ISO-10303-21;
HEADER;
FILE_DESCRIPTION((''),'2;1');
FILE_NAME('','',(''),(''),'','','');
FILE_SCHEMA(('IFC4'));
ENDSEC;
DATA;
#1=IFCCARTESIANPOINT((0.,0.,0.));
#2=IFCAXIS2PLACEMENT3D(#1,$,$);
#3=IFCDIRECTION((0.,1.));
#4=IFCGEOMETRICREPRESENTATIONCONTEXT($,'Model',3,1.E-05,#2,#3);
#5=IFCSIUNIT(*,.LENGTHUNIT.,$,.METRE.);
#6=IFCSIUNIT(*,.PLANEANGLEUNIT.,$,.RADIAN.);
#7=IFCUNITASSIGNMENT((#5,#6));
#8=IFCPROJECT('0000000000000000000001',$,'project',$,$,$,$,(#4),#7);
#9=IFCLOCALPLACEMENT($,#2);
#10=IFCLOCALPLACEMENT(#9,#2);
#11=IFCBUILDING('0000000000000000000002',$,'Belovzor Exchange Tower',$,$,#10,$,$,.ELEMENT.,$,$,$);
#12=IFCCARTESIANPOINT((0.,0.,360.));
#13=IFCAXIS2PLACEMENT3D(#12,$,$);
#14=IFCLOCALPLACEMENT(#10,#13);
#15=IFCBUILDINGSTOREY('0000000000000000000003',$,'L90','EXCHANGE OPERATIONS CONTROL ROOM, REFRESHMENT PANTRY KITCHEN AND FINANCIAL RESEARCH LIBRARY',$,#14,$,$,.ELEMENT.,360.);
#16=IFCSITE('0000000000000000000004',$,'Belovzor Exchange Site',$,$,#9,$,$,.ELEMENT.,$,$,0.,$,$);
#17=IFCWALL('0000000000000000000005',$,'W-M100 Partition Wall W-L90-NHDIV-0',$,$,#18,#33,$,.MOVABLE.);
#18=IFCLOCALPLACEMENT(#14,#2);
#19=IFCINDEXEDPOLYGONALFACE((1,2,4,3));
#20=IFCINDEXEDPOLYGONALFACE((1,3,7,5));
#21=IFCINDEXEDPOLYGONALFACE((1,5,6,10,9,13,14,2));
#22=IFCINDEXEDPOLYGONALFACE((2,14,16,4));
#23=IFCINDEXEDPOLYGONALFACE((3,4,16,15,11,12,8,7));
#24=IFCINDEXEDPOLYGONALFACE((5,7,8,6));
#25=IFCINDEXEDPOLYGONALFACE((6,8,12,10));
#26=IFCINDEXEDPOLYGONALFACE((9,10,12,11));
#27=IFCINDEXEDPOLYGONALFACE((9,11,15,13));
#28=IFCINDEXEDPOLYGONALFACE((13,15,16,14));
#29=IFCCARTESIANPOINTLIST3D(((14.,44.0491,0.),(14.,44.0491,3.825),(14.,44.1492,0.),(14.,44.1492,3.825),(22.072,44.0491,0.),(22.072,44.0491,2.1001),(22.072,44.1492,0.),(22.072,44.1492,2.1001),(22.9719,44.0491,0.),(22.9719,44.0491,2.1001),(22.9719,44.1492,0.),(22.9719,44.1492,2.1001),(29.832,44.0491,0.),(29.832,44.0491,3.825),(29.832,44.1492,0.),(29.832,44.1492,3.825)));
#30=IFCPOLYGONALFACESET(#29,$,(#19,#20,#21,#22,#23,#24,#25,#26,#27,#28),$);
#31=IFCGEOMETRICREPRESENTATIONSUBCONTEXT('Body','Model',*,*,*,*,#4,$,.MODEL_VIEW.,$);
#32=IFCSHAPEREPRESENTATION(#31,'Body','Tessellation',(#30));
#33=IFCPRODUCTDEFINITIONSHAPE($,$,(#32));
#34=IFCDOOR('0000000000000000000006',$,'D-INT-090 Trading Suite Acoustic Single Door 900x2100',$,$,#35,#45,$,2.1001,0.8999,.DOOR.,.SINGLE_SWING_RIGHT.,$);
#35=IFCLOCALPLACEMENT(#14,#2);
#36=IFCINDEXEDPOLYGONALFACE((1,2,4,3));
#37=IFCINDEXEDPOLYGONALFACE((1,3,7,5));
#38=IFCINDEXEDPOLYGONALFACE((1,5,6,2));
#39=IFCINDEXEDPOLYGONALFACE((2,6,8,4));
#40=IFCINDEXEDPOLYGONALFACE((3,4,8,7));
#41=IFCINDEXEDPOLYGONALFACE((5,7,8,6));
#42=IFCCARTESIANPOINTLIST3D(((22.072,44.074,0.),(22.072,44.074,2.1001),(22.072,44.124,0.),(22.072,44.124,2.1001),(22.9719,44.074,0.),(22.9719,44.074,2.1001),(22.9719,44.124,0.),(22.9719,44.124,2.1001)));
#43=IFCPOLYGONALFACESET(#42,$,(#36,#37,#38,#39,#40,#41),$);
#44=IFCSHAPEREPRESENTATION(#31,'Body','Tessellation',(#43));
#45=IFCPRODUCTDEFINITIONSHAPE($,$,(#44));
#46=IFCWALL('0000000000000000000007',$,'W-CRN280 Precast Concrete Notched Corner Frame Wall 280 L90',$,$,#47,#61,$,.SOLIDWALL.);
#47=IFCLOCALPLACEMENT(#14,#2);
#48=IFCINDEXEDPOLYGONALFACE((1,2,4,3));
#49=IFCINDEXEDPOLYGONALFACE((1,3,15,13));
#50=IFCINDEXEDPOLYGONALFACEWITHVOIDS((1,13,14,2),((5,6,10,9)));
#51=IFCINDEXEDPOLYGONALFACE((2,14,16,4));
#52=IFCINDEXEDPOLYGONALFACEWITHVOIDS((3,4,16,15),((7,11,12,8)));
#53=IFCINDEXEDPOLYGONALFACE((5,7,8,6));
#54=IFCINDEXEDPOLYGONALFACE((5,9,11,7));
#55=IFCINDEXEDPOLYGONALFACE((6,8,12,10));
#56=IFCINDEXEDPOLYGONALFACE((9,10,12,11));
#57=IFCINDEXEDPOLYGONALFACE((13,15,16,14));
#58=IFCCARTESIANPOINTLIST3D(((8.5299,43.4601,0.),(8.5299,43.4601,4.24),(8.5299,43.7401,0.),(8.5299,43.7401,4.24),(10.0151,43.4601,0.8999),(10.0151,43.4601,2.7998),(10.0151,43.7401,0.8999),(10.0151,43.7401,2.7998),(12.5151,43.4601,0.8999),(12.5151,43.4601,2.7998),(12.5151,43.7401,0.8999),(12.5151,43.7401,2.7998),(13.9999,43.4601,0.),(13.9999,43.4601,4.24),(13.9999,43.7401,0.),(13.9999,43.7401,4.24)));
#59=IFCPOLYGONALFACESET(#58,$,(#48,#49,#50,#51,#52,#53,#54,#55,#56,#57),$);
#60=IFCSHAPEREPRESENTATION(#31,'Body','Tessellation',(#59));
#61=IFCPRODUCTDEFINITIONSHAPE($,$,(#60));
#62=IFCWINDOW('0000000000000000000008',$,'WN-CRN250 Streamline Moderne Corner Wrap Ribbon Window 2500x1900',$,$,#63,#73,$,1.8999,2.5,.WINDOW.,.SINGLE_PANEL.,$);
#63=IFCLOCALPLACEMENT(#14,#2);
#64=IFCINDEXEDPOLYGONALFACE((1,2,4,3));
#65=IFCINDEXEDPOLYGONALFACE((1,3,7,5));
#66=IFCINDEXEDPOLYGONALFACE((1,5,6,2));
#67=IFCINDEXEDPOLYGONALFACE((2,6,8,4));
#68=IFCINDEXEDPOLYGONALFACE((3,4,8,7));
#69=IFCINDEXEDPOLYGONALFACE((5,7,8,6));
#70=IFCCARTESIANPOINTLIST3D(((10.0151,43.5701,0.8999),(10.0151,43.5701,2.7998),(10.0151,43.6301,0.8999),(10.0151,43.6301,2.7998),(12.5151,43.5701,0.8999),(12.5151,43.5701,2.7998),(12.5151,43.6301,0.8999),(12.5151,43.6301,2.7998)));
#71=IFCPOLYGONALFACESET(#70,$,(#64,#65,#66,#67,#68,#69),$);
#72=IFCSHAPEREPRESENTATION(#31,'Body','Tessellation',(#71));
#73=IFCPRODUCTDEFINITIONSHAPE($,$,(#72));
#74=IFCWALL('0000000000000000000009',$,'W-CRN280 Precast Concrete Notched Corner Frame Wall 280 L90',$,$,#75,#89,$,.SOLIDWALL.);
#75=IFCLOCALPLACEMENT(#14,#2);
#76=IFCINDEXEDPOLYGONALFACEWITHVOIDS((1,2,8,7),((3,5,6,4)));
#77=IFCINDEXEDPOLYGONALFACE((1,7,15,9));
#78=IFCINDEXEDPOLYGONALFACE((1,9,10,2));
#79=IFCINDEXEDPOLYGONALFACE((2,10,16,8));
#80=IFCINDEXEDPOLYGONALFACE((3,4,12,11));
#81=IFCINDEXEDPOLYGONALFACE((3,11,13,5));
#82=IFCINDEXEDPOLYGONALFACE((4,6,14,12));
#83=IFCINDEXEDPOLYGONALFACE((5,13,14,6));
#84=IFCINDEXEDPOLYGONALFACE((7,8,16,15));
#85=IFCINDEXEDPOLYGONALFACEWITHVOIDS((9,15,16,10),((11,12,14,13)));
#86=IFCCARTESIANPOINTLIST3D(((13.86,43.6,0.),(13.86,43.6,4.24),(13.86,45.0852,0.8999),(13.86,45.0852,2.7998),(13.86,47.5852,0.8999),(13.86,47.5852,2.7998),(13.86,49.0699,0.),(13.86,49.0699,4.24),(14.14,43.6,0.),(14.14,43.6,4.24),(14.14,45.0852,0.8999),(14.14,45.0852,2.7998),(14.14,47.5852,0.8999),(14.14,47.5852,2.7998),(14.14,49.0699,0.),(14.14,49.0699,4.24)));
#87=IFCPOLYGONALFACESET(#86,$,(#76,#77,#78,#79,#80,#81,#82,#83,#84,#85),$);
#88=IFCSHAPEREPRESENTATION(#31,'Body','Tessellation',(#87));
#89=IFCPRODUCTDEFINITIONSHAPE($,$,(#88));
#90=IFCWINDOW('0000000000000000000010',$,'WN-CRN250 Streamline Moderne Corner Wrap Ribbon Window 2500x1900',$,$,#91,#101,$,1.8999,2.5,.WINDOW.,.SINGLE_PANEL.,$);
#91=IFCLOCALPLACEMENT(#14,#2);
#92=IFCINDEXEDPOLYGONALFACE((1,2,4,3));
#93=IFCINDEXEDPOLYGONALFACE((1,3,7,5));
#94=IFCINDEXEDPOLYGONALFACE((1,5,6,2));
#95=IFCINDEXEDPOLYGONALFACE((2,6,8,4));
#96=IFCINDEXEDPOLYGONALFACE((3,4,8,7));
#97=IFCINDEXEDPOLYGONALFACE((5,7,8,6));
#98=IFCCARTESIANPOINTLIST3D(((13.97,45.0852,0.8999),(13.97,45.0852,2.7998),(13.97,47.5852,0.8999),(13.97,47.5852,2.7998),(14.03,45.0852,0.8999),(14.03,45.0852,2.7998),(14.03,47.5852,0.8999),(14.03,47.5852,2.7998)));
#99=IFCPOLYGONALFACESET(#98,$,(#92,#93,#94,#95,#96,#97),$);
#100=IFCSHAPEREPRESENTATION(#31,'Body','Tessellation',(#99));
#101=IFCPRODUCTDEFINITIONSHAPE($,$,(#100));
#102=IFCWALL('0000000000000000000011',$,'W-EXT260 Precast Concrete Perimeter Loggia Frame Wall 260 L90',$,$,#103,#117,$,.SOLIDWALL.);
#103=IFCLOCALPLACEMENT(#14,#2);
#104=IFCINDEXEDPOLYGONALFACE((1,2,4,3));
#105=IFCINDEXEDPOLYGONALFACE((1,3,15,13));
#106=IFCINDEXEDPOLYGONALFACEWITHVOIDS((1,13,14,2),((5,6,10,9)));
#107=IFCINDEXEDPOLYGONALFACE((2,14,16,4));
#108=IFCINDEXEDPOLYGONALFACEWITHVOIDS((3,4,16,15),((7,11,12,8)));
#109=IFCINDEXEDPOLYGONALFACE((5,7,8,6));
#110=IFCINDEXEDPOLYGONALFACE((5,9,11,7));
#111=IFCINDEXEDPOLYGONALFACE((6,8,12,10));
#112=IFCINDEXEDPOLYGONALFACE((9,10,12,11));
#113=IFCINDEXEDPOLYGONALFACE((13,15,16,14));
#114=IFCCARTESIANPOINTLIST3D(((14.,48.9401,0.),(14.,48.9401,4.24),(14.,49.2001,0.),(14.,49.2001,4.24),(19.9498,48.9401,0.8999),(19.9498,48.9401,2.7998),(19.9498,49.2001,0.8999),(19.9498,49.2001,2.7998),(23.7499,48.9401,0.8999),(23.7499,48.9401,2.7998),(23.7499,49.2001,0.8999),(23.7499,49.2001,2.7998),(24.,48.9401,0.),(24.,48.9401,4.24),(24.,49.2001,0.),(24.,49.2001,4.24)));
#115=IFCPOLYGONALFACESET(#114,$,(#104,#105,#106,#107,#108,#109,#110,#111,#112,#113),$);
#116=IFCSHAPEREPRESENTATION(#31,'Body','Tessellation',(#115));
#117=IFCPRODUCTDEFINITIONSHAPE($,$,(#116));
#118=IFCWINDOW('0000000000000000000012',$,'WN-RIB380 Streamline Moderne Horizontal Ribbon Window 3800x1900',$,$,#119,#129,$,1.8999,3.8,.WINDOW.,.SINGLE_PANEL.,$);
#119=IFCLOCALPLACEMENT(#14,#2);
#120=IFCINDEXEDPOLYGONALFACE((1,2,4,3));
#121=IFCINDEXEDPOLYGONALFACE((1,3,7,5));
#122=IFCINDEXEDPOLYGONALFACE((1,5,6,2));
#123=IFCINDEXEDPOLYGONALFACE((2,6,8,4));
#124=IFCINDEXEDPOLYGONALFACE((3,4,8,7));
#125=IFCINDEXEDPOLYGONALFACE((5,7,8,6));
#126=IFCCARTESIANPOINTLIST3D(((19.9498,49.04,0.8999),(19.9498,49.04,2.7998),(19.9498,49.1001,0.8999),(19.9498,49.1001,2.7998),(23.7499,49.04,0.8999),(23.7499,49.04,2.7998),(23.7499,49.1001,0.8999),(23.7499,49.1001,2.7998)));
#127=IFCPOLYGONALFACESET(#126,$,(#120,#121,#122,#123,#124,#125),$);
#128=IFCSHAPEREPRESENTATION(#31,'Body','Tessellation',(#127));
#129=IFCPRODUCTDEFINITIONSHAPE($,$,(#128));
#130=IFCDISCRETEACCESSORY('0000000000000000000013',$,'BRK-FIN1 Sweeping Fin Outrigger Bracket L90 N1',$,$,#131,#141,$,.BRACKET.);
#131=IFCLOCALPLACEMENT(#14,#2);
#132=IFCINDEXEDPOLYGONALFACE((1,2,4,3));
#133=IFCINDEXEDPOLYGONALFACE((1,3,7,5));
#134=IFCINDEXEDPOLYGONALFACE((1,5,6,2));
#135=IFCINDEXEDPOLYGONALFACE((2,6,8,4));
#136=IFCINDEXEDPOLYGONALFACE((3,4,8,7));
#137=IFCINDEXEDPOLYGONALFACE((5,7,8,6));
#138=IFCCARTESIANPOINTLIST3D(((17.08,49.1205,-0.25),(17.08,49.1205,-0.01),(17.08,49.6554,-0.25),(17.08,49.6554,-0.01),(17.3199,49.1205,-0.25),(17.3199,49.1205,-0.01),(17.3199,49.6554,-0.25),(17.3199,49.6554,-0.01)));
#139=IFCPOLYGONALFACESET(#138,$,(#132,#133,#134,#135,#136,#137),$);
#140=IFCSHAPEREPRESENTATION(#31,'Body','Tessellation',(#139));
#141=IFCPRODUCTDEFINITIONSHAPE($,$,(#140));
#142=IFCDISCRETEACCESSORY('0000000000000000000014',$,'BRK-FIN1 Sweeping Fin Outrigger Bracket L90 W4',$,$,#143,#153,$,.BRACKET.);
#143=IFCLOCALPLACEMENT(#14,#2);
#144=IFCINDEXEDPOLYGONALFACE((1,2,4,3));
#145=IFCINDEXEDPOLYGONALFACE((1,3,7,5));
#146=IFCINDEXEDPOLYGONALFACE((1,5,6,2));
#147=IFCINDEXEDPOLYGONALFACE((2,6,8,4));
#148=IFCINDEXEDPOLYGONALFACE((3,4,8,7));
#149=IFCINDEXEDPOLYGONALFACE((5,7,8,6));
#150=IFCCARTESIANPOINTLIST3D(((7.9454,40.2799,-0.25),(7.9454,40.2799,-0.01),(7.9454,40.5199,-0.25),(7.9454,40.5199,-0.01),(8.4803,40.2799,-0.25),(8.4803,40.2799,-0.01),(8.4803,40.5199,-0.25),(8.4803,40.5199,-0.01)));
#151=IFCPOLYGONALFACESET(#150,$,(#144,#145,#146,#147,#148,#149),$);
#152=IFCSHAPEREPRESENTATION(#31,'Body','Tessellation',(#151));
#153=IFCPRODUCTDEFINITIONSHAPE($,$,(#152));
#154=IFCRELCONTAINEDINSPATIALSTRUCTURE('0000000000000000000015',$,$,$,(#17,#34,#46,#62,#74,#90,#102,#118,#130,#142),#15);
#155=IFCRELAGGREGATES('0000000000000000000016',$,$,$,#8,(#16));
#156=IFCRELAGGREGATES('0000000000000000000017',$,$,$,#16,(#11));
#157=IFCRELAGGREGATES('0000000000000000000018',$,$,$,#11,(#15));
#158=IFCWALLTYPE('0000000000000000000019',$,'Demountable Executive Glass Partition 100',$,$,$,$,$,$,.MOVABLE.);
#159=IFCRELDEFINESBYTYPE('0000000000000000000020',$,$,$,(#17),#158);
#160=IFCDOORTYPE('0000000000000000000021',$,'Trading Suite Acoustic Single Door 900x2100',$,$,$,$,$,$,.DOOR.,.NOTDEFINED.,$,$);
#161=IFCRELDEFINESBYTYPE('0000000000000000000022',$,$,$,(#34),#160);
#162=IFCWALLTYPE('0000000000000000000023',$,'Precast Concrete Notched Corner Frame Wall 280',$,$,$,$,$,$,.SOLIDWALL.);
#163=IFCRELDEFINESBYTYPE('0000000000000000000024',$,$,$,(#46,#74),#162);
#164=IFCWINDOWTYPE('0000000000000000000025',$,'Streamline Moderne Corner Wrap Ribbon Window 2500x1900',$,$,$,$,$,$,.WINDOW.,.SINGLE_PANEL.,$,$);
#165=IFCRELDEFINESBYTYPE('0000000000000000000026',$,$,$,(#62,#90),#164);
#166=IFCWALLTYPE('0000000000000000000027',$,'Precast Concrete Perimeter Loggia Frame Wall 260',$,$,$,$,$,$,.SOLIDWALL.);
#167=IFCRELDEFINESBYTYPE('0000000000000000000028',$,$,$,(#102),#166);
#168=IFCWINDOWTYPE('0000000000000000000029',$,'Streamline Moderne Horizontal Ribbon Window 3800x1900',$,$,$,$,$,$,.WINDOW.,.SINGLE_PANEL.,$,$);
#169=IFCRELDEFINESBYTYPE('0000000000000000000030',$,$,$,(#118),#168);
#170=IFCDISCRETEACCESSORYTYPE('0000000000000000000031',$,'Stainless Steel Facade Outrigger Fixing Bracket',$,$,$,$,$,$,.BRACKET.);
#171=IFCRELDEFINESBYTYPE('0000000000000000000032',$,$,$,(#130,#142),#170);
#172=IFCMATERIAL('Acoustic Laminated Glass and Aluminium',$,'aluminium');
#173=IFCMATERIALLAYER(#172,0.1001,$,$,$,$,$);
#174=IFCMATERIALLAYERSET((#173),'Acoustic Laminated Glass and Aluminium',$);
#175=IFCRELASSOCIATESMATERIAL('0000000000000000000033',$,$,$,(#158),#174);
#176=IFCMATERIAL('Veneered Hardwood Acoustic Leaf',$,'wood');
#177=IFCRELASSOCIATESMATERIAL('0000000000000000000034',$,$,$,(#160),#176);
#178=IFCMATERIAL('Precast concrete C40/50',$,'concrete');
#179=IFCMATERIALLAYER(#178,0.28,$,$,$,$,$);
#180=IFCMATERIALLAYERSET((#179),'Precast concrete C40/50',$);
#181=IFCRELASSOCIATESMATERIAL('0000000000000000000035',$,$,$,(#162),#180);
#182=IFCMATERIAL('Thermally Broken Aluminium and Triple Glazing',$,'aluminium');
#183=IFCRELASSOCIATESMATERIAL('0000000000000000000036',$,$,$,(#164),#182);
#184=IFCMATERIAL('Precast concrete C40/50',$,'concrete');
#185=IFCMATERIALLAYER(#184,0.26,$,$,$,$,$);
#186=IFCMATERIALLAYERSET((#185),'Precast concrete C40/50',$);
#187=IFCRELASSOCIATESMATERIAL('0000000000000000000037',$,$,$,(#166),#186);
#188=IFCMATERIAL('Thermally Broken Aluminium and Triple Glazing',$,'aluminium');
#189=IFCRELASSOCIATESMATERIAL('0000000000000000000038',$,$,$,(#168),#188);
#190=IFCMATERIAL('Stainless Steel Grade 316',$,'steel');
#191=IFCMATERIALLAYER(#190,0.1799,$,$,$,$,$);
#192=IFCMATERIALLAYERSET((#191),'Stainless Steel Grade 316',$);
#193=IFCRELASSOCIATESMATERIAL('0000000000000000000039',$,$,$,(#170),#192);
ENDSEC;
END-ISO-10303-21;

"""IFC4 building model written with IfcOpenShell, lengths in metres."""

from ifc_helpers import new_model, si_unit, direction, frame, frame_2d, origin, origin_2d, place, context, subcontext, project, spatial, rectangle, extrude, material, layer, layer_set, type_object, element, fill, save


model = new_model("IFC4")

# Units and contexts
model_context = context("Model", 3, precision=1e-05, world=origin(), true_north=direction((0.0, 1.0)))
body_context = subcontext(model_context, "Body", "Model", "MODEL_VIEW")
ifc_project = project(units=[si_unit("LENGTHUNIT", "METRE"), si_unit("PLANEANGLEUNIT", "RADIAN")], contexts=[model_context])

# Site, building, storey
site_placement = place(None, origin())
site = spatial("IfcSite", under=ifc_project, at=site_placement, Name="Belovzor Exchange Site", CompositionType="ELEMENT", RefElevation=0.0)
building_placement = place(site_placement, origin())
building = spatial("IfcBuilding", under=site, at=building_placement, Name="Belovzor Exchange Tower", CompositionType="ELEMENT")
storey_placement = place(building_placement, frame((0.0, 0.0, 360.0)))
storey = spatial("IfcBuildingStorey", under=building, at=storey_placement, Name="L90", Description="EXCHANGE OPERATIONS CONTROL ROOM, REFRESHMENT PANTRY KITCHEN AND FINANCIAL RESEARCH LIBRARY", CompositionType="ELEMENT", Elevation=360.0)

# Wall, opening, door
ifc_material_1 = material(Name="Acoustic Laminated Glass and Aluminium", Category="aluminium")
ifc_layer_1 = layer(ifc_material_1, 0.1001)
ifc_layer_set_1 = layer_set([ifc_layer_1], Name="Acoustic Laminated Glass and Aluminium")
wall_type_1 = type_object("IfcWallType", Name="Demountable Executive Glass Partition 100", PredefinedType="MOVABLE", material=ifc_layer_set_1)
wall_1_placement = place(storey_placement, frame((14.0, 44.0991, 0.0), z_axis=(0.0, 0.0, 1.0), x_axis=(1.0, 0.0, 0.0)))
wall_1 = element("IfcWall", 1, at=wall_1_placement, inside=storey, type_object=wall_type_1, Name="W-M100 Partition Wall W-L90-NHDIV-0", PredefinedType="MOVABLE", context=body_context, shape_type="SweptSolid", body=[
    extrude(rectangle(XDim=15.832, YDim=0.1001, at=frame_2d((7.916, 0.0))), origin(), (0.0, 0.0, 1.0), 3.825),
])
opening_1_placement = place(wall_1_placement, frame((8.072, 0.0, 0.0)))
opening_1 = element("IfcOpeningElement", 2, at=opening_1_placement, cuts=wall_1, PredefinedType="OPENING", context=body_context, shape_type="SweptSolid", body=[
    extrude(rectangle(XDim=0.8999, YDim=2.1001, at=frame_2d((0.45, 1.05))), frame((0.0, 0.0601, 0.0), z_axis=(0.0, -1.0, 0.0), x_axis=(1.0, 0.0, 0.0)), (0.0, 0.0, 1.0), 0.1201),
])
ifc_material_2 = material(Name="Veneered Hardwood Acoustic Leaf", Category="wood")
door_type = type_object("IfcDoorType", Name="Trading Suite Acoustic Single Door 900x2100", OperationType="NOTDEFINED", PredefinedType="DOOR", material=ifc_material_2)
door_placement = place(opening_1_placement, origin())
door = element("IfcDoor", 3, at=door_placement, inside=storey, type_object=door_type, Name="D-INT-090 Trading Suite Acoustic Single Door 900x2100", OperationType="SINGLE_SWING_RIGHT", OverallHeight=2.1001, OverallWidth=0.8999, PredefinedType="DOOR", context=body_context, shape_type="SweptSolid", body=[
    extrude(rectangle(XDim=0.8999, YDim=2.1001, at=frame_2d((0.45, 1.05))), frame((0.0, 0.0249, 0.0), z_axis=(0.0, -1.0, 0.0), x_axis=(1.0, 0.0, 0.0)), (0.0, 0.0, 1.0), 0.05),
])
fill(opening_1, door)

# Walls, openings, windows
ifc_material_3 = material(Name="Precast concrete C40/50", Category="concrete")
ifc_layer_2 = layer(ifc_material_3, 0.28)
ifc_layer_set_2 = layer_set([ifc_layer_2], Name="Precast concrete C40/50")
wall_type_2 = type_object("IfcWallType", Name="Precast Concrete Notched Corner Frame Wall 280", PredefinedType="SOLIDWALL", material=ifc_layer_set_2)
wall_2_placement = place(storey_placement, frame((8.53, 43.6001, 0.0), z_axis=(0.0, 0.0, 1.0), x_axis=(1.0, 0.0, 0.0)))
wall_2 = element("IfcWall", 4, at=wall_2_placement, inside=storey, type_object=wall_type_2, Name="W-CRN280 Precast Concrete Notched Corner Frame Wall 280 L90", PredefinedType="SOLIDWALL", context=body_context, shape_type="SweptSolid", body=[
    extrude(rectangle(XDim=5.47, YDim=0.28, at=frame_2d((2.7349, 0.0))), origin(), (0.0, 0.0, 1.0), 4.24),
])
opening_2_placement = place(wall_2_placement, frame((1.4851, 0.0, 0.8999)))
opening_2 = element("IfcOpeningElement", 5, at=opening_2_placement, cuts=wall_2, PredefinedType="OPENING", context=body_context, shape_type="SweptSolid", body=[
    extrude(rectangle(XDim=2.5, YDim=1.8999, at=frame_2d((1.25, 0.95))), frame((0.0, 0.1499, 0.0), z_axis=(0.0, -1.0, 0.0), x_axis=(1.0, 0.0, 0.0)), (0.0, 0.0, 1.0), 0.3),
])
ifc_material_4 = material(Name="Thermally Broken Aluminium and Triple Glazing", Category="aluminium")
window_type_1 = type_object("IfcWindowType", Name="Streamline Moderne Corner Wrap Ribbon Window 2500x1900", PartitioningType="SINGLE_PANEL", PredefinedType="WINDOW", material=ifc_material_4)
window_1_placement = place(opening_2_placement, origin())
window_1 = element("IfcWindow", 6, at=window_1_placement, inside=storey, type_object=window_type_1, Name="WN-CRN250 Streamline Moderne Corner Wrap Ribbon Window 2500x1900", OverallHeight=1.8999, OverallWidth=2.5, PartitioningType="SINGLE_PANEL", PredefinedType="WINDOW", context=body_context, shape_type="SweptSolid", body=[
    extrude(rectangle(XDim=2.5, YDim=1.8999, at=frame_2d((1.25, 0.95))), frame((0.0, 0.03, 0.0), z_axis=(0.0, -1.0, 0.0), x_axis=(1.0, 0.0, 0.0)), (0.0, 0.0, 1.0), 0.0601),
])
fill(opening_2, window_1)
wall_3_placement = place(storey_placement, frame((14.0, 43.6001, 0.0), z_axis=(0.0, 0.0, 1.0), x_axis=(0.0, 1.0, 0.0)))
wall_3 = element("IfcWall", 7, at=wall_3_placement, inside=storey, type_object=wall_type_2, Name="W-CRN280 Precast Concrete Notched Corner Frame Wall 280 L90", PredefinedType="SOLIDWALL", context=body_context, shape_type="SweptSolid", body=[
    extrude(rectangle(XDim=5.47, YDim=0.28, at=frame_2d((2.7349, 0.0))), origin(), (0.0, 0.0, 1.0), 4.24),
])
opening_3_placement = place(wall_3_placement, frame((1.4851, 0.0, 0.8999)))
opening_3 = element("IfcOpeningElement", 8, at=opening_3_placement, cuts=wall_3, PredefinedType="OPENING", context=body_context, shape_type="SweptSolid", body=[
    extrude(rectangle(XDim=2.5, YDim=1.8999, at=frame_2d((1.25, 0.95))), frame((0.0, 0.1499, 0.0), z_axis=(0.0, -1.0, 0.0), x_axis=(1.0, 0.0, 0.0)), (0.0, 0.0, 1.0), 0.3),
])
window_2_placement = place(opening_3_placement, origin())
window_2 = element("IfcWindow", 9, at=window_2_placement, inside=storey, type_object=window_type_1, Name="WN-CRN250 Streamline Moderne Corner Wrap Ribbon Window 2500x1900", OverallHeight=1.8999, OverallWidth=2.5, PartitioningType="SINGLE_PANEL", PredefinedType="WINDOW", context=body_context, shape_type="SweptSolid", body=[
    extrude(rectangle(XDim=2.5, YDim=1.8999, at=frame_2d((1.25, 0.95))), frame((0.0, 0.03, 0.0), z_axis=(0.0, -1.0, 0.0), x_axis=(1.0, 0.0, 0.0)), (0.0, 0.0, 1.0), 0.0601),
])
fill(opening_3, window_2)
ifc_material_5 = material(Name="Precast concrete C40/50", Category="concrete")
ifc_layer_3 = layer(ifc_material_5, 0.26)
ifc_layer_set_3 = layer_set([ifc_layer_3], Name="Precast concrete C40/50")
wall_type_3 = type_object("IfcWallType", Name="Precast Concrete Perimeter Loggia Frame Wall 260", PredefinedType="SOLIDWALL", material=ifc_layer_set_3)
wall_4_placement = place(storey_placement, frame((14.0, 49.0701, 0.0), z_axis=(0.0, 0.0, 1.0), x_axis=(1.0, 0.0, 0.0)))
wall_4 = element("IfcWall", 10, at=wall_4_placement, inside=storey, type_object=wall_type_3, Name="W-EXT260 Precast Concrete Perimeter Loggia Frame Wall 260 L90", PredefinedType="SOLIDWALL", context=body_context, shape_type="SweptSolid", body=[
    extrude(rectangle(XDim=10.0, YDim=0.26, at=frame_2d((5.0, 0.0))), origin(), (0.0, 0.0, 1.0), 4.24),
])
opening_4_placement = place(wall_4_placement, frame((5.95, 0.0, 0.8999)))
opening_4 = element("IfcOpeningElement", 11, at=opening_4_placement, cuts=wall_4, PredefinedType="OPENING", context=body_context, shape_type="SweptSolid", body=[
    extrude(rectangle(XDim=3.8, YDim=1.8999, at=frame_2d((1.8999, 0.95))), frame((0.0, 0.1399, 0.0), z_axis=(0.0, -1.0, 0.0), x_axis=(1.0, 0.0, 0.0)), (0.0, 0.0, 1.0), 0.28),
])
ifc_material_6 = material(Name="Thermally Broken Aluminium and Triple Glazing", Category="aluminium")
window_type_2 = type_object("IfcWindowType", Name="Streamline Moderne Horizontal Ribbon Window 3800x1900", PartitioningType="SINGLE_PANEL", PredefinedType="WINDOW", material=ifc_material_6)
window_3_placement = place(opening_4_placement, origin())
window_3 = element("IfcWindow", 12, at=window_3_placement, inside=storey, type_object=window_type_2, Name="WN-RIB380 Streamline Moderne Horizontal Ribbon Window 3800x1900", OverallHeight=1.8999, OverallWidth=3.8, PartitioningType="SINGLE_PANEL", PredefinedType="WINDOW", context=body_context, shape_type="SweptSolid", body=[
    extrude(rectangle(XDim=3.8, YDim=1.8999, at=frame_2d((1.8999, 0.95))), frame((0.0, 0.03, 0.0), z_axis=(0.0, -1.0, 0.0), x_axis=(1.0, 0.0, 0.0)), (0.0, 0.0, 1.0), 0.0601),
])
fill(opening_4, window_3)

# Discrete accessories
ifc_material_7 = material(Name="Stainless Steel Grade 316", Category="steel")
ifc_layer_4 = layer(ifc_material_7, 0.1799)
ifc_layer_set_4 = layer_set([ifc_layer_4], Name="Stainless Steel Grade 316")
discrete_accessory_type = type_object("IfcDiscreteAccessoryType", Name="Stainless Steel Facade Outrigger Fixing Bracket", PredefinedType="BRACKET", material=ifc_layer_set_4)
for number, where, z_axis, x_axis, name in (
    (13, (17.2, 49.3879, -0.25), (0.0, 0.0, 1.0), (0.0, 1.0, 0.0), "BRK-FIN1 Sweeping Fin Outrigger Bracket L90 N1"),
    (14, (8.2129, 40.3999, -0.25), (0.0, 0.0, 1.0), (1.0, 0.0, 0.0), "BRK-FIN1 Sweeping Fin Outrigger Bracket L90 W4"),
):
    element("IfcDiscreteAccessory", number, at=place(storey_placement, frame(where, z_axis=z_axis, x_axis=x_axis)), inside=storey, type_object=discrete_accessory_type, Name=name, PredefinedType="BRACKET", context=body_context, shape_type="SweptSolid", body=[
        extrude(rectangle(XDim=0.5349, YDim=0.24, at=origin_2d()), origin(), (0.0, 0.0, 1.0), 0.24),
    ])

save(model, "model.ifc")
